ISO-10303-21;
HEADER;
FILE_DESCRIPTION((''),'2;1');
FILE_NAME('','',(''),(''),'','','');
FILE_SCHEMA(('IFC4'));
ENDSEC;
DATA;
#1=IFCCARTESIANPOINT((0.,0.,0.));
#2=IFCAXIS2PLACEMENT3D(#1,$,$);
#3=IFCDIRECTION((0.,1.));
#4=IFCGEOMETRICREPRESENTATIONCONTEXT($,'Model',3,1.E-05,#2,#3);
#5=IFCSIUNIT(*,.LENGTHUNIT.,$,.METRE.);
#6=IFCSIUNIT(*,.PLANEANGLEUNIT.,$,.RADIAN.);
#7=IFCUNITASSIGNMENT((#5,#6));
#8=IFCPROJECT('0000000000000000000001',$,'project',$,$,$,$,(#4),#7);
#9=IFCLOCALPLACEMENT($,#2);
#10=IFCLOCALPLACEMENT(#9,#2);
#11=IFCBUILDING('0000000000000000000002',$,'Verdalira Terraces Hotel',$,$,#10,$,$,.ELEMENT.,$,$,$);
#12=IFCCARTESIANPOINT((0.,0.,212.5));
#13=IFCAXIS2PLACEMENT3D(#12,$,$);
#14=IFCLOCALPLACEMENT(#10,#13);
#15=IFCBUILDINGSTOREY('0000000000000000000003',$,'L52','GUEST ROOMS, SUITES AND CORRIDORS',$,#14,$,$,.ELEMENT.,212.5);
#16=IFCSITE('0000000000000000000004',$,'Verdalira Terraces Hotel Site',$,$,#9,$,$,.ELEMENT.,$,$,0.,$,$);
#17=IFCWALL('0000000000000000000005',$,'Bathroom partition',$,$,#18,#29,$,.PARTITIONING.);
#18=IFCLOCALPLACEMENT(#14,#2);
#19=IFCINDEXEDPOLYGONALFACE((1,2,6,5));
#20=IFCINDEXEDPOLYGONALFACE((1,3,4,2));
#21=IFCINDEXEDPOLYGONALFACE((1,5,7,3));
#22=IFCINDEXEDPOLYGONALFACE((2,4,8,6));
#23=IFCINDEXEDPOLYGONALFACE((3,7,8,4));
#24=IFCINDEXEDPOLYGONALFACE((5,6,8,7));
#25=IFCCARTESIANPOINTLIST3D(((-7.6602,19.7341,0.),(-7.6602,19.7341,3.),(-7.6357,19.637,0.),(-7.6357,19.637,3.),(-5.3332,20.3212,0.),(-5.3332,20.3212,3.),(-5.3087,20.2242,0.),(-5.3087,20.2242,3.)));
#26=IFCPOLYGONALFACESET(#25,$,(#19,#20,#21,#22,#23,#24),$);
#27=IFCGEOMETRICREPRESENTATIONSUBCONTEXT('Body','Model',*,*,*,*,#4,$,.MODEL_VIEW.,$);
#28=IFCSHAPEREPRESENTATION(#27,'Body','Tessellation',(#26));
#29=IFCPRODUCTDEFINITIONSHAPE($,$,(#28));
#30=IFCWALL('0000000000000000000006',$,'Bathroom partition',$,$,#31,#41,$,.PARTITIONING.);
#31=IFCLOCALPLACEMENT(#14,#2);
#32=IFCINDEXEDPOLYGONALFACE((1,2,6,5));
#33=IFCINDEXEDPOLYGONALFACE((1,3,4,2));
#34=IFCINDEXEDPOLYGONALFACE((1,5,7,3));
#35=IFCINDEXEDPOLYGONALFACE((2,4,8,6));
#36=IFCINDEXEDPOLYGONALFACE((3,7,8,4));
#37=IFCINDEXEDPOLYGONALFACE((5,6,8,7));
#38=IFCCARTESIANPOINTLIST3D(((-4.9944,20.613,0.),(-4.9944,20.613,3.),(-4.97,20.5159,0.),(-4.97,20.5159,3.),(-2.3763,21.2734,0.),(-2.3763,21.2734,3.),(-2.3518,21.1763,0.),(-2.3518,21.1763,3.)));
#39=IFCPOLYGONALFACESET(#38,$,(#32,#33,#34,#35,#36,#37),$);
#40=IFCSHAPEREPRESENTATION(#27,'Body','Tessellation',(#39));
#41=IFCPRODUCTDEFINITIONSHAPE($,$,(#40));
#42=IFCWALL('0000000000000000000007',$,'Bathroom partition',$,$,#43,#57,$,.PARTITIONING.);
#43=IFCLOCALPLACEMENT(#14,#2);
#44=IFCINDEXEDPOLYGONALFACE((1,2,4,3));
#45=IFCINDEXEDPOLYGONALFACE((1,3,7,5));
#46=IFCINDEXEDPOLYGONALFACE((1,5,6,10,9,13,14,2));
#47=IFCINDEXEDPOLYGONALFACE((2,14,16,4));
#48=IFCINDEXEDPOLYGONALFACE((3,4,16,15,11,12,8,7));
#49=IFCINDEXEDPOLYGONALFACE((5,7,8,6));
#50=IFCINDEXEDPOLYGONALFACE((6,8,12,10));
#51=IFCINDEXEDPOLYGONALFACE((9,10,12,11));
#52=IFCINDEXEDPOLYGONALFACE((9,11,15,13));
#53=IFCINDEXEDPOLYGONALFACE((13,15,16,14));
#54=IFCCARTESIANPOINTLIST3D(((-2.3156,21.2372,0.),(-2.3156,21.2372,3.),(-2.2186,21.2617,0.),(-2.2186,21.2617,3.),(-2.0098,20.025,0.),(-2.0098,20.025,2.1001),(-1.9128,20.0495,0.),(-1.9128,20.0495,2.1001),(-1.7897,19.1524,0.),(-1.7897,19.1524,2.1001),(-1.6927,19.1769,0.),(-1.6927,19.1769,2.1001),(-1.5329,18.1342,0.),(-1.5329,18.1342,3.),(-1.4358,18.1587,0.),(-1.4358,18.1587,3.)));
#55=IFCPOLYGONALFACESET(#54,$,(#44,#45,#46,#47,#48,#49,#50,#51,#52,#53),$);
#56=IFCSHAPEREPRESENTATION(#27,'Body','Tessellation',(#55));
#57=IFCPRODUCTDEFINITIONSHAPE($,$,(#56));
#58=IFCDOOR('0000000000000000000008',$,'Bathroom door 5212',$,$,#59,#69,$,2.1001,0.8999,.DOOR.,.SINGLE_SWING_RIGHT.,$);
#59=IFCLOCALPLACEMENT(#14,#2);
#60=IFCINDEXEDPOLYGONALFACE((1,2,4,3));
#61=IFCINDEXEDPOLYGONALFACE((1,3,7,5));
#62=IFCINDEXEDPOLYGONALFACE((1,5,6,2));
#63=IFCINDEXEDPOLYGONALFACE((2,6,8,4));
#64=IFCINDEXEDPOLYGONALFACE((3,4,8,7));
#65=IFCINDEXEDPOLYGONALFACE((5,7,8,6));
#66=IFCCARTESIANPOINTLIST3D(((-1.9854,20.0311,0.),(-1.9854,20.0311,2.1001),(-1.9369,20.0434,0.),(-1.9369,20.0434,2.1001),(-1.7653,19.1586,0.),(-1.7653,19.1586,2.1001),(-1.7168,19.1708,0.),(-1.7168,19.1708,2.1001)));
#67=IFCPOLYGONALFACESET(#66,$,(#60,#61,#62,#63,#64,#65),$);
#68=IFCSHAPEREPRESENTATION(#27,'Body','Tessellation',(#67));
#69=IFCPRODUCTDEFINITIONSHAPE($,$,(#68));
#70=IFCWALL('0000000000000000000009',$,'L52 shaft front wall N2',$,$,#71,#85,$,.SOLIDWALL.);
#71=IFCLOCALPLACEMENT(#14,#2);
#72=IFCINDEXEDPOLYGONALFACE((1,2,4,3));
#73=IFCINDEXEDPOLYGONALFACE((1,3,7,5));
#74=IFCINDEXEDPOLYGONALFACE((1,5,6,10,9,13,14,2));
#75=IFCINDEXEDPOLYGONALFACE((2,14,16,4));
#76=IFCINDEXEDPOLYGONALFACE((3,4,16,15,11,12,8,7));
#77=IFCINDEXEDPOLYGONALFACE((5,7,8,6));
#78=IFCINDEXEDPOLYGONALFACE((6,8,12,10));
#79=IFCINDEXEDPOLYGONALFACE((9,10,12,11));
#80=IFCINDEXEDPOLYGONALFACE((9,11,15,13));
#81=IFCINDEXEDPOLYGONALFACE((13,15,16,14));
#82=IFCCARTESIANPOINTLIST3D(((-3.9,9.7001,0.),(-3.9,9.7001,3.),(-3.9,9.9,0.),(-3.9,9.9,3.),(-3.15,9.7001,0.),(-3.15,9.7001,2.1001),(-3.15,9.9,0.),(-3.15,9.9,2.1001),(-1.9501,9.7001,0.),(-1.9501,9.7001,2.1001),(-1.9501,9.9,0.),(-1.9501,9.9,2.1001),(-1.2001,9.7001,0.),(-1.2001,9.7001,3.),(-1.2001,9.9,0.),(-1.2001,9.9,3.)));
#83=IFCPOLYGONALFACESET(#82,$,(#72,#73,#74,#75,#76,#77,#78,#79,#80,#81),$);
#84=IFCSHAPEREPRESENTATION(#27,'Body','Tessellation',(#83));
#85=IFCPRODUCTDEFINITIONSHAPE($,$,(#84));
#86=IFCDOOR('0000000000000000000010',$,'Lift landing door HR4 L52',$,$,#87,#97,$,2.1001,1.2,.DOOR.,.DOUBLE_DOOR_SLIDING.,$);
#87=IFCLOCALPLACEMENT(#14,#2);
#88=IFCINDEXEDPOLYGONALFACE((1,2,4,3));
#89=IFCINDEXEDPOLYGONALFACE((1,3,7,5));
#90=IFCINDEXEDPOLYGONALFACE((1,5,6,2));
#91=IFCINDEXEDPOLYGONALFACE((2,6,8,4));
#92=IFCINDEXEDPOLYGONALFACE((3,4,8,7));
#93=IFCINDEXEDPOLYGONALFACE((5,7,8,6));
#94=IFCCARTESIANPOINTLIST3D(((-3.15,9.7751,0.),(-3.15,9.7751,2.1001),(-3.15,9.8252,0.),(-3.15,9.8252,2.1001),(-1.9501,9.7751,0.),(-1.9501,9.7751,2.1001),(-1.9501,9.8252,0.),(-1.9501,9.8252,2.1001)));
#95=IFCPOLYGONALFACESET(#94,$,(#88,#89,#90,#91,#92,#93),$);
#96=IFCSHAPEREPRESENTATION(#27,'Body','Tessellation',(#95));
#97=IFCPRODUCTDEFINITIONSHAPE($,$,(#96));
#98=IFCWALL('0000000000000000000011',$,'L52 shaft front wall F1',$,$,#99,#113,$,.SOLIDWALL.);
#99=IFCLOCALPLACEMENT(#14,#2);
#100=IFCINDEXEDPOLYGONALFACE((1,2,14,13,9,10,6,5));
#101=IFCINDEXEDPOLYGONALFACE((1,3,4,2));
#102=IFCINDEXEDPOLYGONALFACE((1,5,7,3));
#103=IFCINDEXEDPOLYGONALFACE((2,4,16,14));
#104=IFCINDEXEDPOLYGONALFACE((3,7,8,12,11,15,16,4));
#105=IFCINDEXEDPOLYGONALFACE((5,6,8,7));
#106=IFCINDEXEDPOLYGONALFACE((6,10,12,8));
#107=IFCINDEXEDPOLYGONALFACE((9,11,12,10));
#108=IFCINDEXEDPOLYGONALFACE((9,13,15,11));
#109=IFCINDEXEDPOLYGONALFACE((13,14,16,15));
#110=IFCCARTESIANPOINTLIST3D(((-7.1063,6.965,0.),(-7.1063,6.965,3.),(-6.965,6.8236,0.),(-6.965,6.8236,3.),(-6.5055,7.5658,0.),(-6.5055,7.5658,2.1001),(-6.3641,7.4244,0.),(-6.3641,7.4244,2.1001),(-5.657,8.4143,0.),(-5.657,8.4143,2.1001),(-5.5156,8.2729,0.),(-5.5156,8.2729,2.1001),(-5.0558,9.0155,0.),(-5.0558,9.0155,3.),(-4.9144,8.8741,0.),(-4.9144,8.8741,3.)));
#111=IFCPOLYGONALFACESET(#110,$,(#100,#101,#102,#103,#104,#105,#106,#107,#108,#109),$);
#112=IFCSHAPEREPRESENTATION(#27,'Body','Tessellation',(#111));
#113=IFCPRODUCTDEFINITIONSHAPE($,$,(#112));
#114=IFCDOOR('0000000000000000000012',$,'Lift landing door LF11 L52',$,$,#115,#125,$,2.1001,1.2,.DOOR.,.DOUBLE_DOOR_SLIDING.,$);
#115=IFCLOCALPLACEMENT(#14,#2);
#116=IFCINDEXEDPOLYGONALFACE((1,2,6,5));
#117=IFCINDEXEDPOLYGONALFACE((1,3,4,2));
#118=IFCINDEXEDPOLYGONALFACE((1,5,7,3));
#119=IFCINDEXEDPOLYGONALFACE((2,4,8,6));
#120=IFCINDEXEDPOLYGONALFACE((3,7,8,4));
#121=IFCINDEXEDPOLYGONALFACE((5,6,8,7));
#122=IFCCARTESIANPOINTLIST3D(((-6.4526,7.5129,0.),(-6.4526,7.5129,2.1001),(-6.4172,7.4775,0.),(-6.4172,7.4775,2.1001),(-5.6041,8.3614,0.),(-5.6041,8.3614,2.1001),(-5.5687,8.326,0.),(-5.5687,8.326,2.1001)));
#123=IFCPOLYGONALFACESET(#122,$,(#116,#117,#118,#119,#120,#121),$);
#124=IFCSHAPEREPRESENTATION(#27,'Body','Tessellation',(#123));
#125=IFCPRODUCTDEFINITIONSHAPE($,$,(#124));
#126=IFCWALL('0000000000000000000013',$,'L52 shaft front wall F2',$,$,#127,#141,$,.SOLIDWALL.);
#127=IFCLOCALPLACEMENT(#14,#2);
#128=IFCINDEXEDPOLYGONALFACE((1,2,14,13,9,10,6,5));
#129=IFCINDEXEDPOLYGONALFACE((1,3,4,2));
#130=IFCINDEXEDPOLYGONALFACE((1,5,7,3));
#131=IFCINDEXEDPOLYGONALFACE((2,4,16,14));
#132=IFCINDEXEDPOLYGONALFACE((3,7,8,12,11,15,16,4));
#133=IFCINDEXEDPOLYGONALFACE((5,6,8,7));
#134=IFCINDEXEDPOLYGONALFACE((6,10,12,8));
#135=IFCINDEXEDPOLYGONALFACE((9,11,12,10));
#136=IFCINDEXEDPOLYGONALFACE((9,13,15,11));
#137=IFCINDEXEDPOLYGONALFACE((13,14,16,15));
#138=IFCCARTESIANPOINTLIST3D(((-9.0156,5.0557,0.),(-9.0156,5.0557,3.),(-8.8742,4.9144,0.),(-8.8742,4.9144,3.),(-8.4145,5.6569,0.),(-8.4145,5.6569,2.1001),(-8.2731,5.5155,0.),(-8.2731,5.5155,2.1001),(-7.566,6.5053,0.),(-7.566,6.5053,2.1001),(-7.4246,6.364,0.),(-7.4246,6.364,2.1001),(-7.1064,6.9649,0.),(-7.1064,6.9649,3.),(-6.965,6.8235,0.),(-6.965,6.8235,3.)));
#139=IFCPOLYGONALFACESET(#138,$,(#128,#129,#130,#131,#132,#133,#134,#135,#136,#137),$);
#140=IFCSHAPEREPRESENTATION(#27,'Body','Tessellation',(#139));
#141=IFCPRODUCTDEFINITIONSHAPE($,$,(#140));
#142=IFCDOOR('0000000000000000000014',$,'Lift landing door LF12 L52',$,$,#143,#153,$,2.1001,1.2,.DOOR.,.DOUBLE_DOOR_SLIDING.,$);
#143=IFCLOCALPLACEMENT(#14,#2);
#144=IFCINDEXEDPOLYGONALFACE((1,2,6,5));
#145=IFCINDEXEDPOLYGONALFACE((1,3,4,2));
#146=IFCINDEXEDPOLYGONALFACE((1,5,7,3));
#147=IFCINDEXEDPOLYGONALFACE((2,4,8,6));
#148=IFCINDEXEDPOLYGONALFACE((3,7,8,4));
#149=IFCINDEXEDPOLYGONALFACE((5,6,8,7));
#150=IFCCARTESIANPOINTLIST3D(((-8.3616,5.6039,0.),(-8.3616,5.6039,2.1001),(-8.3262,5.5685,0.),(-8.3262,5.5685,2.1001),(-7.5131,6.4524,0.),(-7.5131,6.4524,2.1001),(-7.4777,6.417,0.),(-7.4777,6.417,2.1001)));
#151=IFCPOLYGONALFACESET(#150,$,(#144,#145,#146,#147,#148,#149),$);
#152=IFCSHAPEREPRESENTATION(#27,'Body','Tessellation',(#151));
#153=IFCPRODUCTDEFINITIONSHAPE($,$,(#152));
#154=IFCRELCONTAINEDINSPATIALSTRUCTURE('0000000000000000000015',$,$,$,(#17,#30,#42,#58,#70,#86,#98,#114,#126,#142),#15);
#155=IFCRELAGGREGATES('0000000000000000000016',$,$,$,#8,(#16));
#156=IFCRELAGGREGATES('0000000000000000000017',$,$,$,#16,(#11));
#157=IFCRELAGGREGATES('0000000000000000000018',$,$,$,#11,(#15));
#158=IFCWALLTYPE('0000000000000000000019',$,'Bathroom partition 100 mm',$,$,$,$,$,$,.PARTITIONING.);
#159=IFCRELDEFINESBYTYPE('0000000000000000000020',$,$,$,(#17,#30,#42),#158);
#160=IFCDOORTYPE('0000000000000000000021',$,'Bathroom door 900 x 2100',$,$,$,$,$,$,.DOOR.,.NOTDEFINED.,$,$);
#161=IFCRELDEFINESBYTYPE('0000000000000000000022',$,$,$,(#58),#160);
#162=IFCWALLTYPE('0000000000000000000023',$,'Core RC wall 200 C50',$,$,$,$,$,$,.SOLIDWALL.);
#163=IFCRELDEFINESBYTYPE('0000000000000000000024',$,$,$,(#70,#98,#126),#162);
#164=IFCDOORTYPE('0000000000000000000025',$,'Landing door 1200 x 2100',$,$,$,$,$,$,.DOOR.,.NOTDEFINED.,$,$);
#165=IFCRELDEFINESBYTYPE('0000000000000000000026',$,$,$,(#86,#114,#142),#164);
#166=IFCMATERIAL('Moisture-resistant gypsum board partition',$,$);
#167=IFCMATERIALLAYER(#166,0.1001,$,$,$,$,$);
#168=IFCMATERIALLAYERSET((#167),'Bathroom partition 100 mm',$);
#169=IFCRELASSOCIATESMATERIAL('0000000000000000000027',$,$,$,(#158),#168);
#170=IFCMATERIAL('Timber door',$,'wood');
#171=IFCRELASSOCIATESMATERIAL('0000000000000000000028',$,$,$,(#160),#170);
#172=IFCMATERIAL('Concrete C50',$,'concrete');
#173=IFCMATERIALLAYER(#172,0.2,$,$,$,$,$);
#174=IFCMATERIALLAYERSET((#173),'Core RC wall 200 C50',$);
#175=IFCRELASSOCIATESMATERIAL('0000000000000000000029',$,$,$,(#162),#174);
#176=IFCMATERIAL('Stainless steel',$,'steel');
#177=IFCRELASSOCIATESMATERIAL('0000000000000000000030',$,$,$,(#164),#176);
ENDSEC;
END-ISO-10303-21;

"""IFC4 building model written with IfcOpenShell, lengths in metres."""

from ifc_helpers import new_model, si_unit, direction, frame, frame_2d, origin, place, context, subcontext, project, spatial, rectangle, extrude, material, layer, layer_set, type_object, element, fill, save


model = new_model("IFC4")

# Units and contexts
model_context = context("Model", 3, precision=1e-05, world=origin(), true_north=direction((0.0, 1.0)))
body_context = subcontext(model_context, "Body", "Model", "MODEL_VIEW")
ifc_project = project(units=[si_unit("LENGTHUNIT", "METRE"), si_unit("PLANEANGLEUNIT", "RADIAN")], contexts=[model_context])

# Site, building, storey
site_placement = place(None, origin())
site = spatial("IfcSite", under=ifc_project, at=site_placement, Name="Verdalira Terraces Hotel Site", CompositionType="ELEMENT", RefElevation=0.0)
building_placement = place(site_placement, origin())
building = spatial("IfcBuilding", under=site, at=building_placement, Name="Verdalira Terraces Hotel", CompositionType="ELEMENT")
storey_placement = place(building_placement, frame((0.0, 0.0, 212.5)))
storey = spatial("IfcBuildingStorey", under=building, at=storey_placement, Name="L52", Description="GUEST ROOMS, SUITES AND CORRIDORS", CompositionType="ELEMENT", Elevation=212.5)

# Walls
ifc_material_1 = material(Name="Moisture-resistant gypsum board partition")
ifc_layer_1 = layer(ifc_material_1, 0.1001)
ifc_layer_set_1 = layer_set([ifc_layer_1], Name="Bathroom partition 100 mm")
wall_type_1 = type_object("IfcWallType", Name="Bathroom partition 100 mm", PredefinedType="PARTITIONING", material=ifc_layer_set_1)
wall_1_placement = place(storey_placement, frame((-7.6479, 19.6855, 0.0), z_axis=(0.0, 0.0, 1.0), x_axis=(0.969608, 0.244665, 0.0)))
element("IfcWall", 1, at=wall_1_placement, inside=storey, type_object=wall_type_1, Name="Bathroom partition", PredefinedType="PARTITIONING", context=body_context, shape_type="SweptSolid", body=[
    extrude(rectangle(XDim=2.3999, YDim=0.1001, at=frame_2d((1.2, 0.0))), origin(), (0.0, 0.0, 1.0), 3.0),
])
wall_2_placement = place(storey_placement, frame((-2.364, 21.2249, 0.0), z_axis=(0.0, 0.0, 1.0), x_axis=(-0.96963, -0.244577, 0.0)))
element("IfcWall", 2, at=wall_2_placement, inside=storey, type_object=wall_type_1, Name="Bathroom partition", PredefinedType="PARTITIONING", context=body_context, shape_type="SweptSolid", body=[
    extrude(rectangle(XDim=2.7002, YDim=0.1001, at=frame_2d((1.3501, 0.0))), origin(), (0.0, 0.0, 1.0), 3.0),
])

# Walls, openings, doors
wall_3_placement = place(storey_placement, frame((-1.4844, 18.1465, 0.0), z_axis=(0.0, 0.0, 1.0), x_axis=(-0.244581, 0.969629, 0.0)))
wall_3 = element("IfcWall", 3, at=wall_3_placement, inside=storey, type_object=wall_type_1, Name="Bathroom partition", PredefinedType="PARTITIONING", context=body_context, shape_type="SweptSolid", body=[
    extrude(rectangle(XDim=3.2002, YDim=0.1001, at=frame_2d((1.6001, 0.0))), origin(), (0.0, 0.0, 1.0), 3.0),
])
opening_1_placement = place(wall_3_placement, frame((1.05, 0.0, 0.0)))
opening_1 = element("IfcOpeningElement", 4, at=opening_1_placement, cuts=wall_3, PredefinedType="OPENING", context=body_context, shape_type="SweptSolid", body=[
    extrude(rectangle(XDim=0.8999, YDim=2.1001, at=frame_2d((0.45, 1.05))), frame((0.0, 0.0601, 0.0), z_axis=(0.0, -1.0, 0.0), x_axis=(1.0, 0.0, 0.0)), (0.0, 0.0, 1.0), 0.1201),
])
ifc_material_2 = material(Name="Timber door", Category="wood")
door_type_1 = type_object("IfcDoorType", Name="Bathroom door 900 x 2100", OperationType="NOTDEFINED", PredefinedType="DOOR", material=ifc_material_2)
door_1_placement = place(opening_1_placement, origin())
door_1 = element("IfcDoor", 5, at=door_1_placement, inside=storey, type_object=door_type_1, Name="Bathroom door 5212", OperationType="SINGLE_SWING_RIGHT", OverallHeight=2.1001, OverallWidth=0.8999, PredefinedType="DOOR", context=body_context, shape_type="SweptSolid", body=[
    extrude(rectangle(XDim=0.8999, YDim=2.1001, at=frame_2d((0.45, 1.05))), frame((0.0, 0.0249, 0.0), z_axis=(0.0, -1.0, 0.0), x_axis=(1.0, 0.0, 0.0)), (0.0, 0.0, 1.0), 0.05),
])
fill(opening_1, door_1)
ifc_material_3 = material(Name="Concrete C50", Category="concrete")
ifc_layer_2 = layer(ifc_material_3, 0.2)
ifc_layer_set_2 = layer_set([ifc_layer_2], Name="Core RC wall 200 C50")
wall_type_2 = type_object("IfcWallType", Name="Core RC wall 200 C50", PredefinedType="SOLIDWALL", material=ifc_layer_set_2)
wall_4_placement = place(storey_placement, frame((-1.2, 9.8, 0.0), z_axis=(0.0, 0.0, 1.0), x_axis=(-1.0, 0.0, 0.0)))
wall_4 = element("IfcWall", 6, at=wall_4_placement, inside=storey, type_object=wall_type_2, Name="L52 shaft front wall N2", PredefinedType="SOLIDWALL", context=body_context, shape_type="SweptSolid", body=[
    extrude(rectangle(XDim=2.7, YDim=0.2, at=frame_2d((1.3501, 0.0))), origin(), (0.0, 0.0, 1.0), 3.0),
])
opening_2_placement = place(wall_4_placement, frame((0.75, 0.0, 0.0)))
opening_2 = element("IfcOpeningElement", 7, at=opening_2_placement, cuts=wall_4, PredefinedType="OPENING", context=body_context, shape_type="SweptSolid", body=[
    extrude(rectangle(XDim=1.2, YDim=2.1001, at=frame_2d((0.6001, 1.05))), frame((0.0, 0.1099, 0.0), z_axis=(0.0, -1.0, 0.0), x_axis=(1.0, 0.0, 0.0)), (0.0, 0.0, 1.0), 0.22),
])
ifc_material_4 = material(Name="Stainless steel", Category="steel")
door_type_2 = type_object("IfcDoorType", Name="Landing door 1200 x 2100", OperationType="NOTDEFINED", PredefinedType="DOOR", material=ifc_material_4)
door_2_placement = place(opening_2_placement, origin())
door_2 = element("IfcDoor", 8, at=door_2_placement, inside=storey, type_object=door_type_2, Name="Lift landing door HR4 L52", OperationType="DOUBLE_DOOR_SLIDING", OverallHeight=2.1001, OverallWidth=1.2, PredefinedType="DOOR", context=body_context, shape_type="SweptSolid", body=[
    extrude(rectangle(XDim=1.2, YDim=2.1001, at=frame_2d((0.6001, 1.05))), frame((0.0, 0.0249, 0.0), z_axis=(0.0, -1.0, 0.0), x_axis=(1.0, 0.0, 0.0)), (0.0, 0.0, 1.0), 0.05),
])
fill(opening_2, door_2)
wall_5_placement = place(storey_placement, frame((-4.9851, 8.9448, 0.0), z_axis=(0.0, 0.0, 1.0), x_axis=(-0.707107, -0.707107, 0.0)))
wall_5 = element("IfcWall", 9, at=wall_5_placement, inside=storey, type_object=wall_type_2, Name="L52 shaft front wall F1", PredefinedType="SOLIDWALL", context=body_context, shape_type="SweptSolid", body=[
    extrude(rectangle(XDim=2.8999, YDim=0.2, at=frame_2d((1.45, 0.0))), origin(), (0.0, 0.0, 1.0), 3.0),
])
opening_3_placement = place(wall_5_placement, frame((0.8501, 0.0, 0.0)))
opening_3 = element("IfcOpeningElement", 10, at=opening_3_placement, cuts=wall_5, PredefinedType="OPENING", context=body_context, shape_type="SweptSolid", body=[
    extrude(rectangle(XDim=1.2, YDim=2.1001, at=frame_2d((0.6001, 1.05))), frame((0.0, 0.1099, 0.0), z_axis=(0.0, -1.0, 0.0), x_axis=(1.0, 0.0, 0.0)), (0.0, 0.0, 1.0), 0.22),
])
door_3_placement = place(opening_3_placement, origin())
door_3 = element("IfcDoor", 11, at=door_3_placement, inside=storey, type_object=door_type_2, Name="Lift landing door LF11 L52", OperationType="DOUBLE_DOOR_SLIDING", OverallHeight=2.1001, OverallWidth=1.2, PredefinedType="DOOR", context=body_context, shape_type="SweptSolid", body=[
    extrude(rectangle(XDim=1.2, YDim=2.1001, at=frame_2d((0.6001, 1.05))), frame((0.0, 0.0249, 0.0), z_axis=(0.0, -1.0, 0.0), x_axis=(1.0, 0.0, 0.0)), (0.0, 0.0, 1.0), 0.05),
])
fill(opening_3, door_3)
wall_6_placement = place(storey_placement, frame((-7.0356, 6.8943, 0.0), z_axis=(0.0, 0.0, 1.0), x_axis=(-0.707107, -0.707107, 0.0)))
wall_6 = element("IfcWall", 12, at=wall_6_placement, inside=storey, type_object=wall_type_2, Name="L52 shaft front wall F2", PredefinedType="SOLIDWALL", context=body_context, shape_type="SweptSolid", body=[
    extrude(rectangle(XDim=2.7, YDim=0.2, at=frame_2d((1.3501, 0.0))), origin(), (0.0, 0.0, 1.0), 3.0),
])
opening_4_placement = place(wall_6_placement, frame((0.6499, 0.0, 0.0)))
opening_4 = element("IfcOpeningElement", 13, at=opening_4_placement, cuts=wall_6, PredefinedType="OPENING", context=body_context, shape_type="SweptSolid", body=[
    extrude(rectangle(XDim=1.2, YDim=2.1001, at=frame_2d((0.6001, 1.05))), frame((0.0, 0.1099, 0.0), z_axis=(0.0, -1.0, 0.0), x_axis=(1.0, 0.0, 0.0)), (0.0, 0.0, 1.0), 0.22),
])
door_4_placement = place(opening_4_placement, origin())
door_4 = element("IfcDoor", 14, at=door_4_placement, inside=storey, type_object=door_type_2, Name="Lift landing door LF12 L52", OperationType="DOUBLE_DOOR_SLIDING", OverallHeight=2.1001, OverallWidth=1.2, PredefinedType="DOOR", context=body_context, shape_type="SweptSolid", body=[
    extrude(rectangle(XDim=1.2, YDim=2.1001, at=frame_2d((0.6001, 1.05))), frame((0.0, 0.0249, 0.0), z_axis=(0.0, -1.0, 0.0), x_axis=(1.0, 0.0, 0.0)), (0.0, 0.0, 1.0), 0.05),
])
fill(opening_4, door_4)

save(model, "model.ifc")
